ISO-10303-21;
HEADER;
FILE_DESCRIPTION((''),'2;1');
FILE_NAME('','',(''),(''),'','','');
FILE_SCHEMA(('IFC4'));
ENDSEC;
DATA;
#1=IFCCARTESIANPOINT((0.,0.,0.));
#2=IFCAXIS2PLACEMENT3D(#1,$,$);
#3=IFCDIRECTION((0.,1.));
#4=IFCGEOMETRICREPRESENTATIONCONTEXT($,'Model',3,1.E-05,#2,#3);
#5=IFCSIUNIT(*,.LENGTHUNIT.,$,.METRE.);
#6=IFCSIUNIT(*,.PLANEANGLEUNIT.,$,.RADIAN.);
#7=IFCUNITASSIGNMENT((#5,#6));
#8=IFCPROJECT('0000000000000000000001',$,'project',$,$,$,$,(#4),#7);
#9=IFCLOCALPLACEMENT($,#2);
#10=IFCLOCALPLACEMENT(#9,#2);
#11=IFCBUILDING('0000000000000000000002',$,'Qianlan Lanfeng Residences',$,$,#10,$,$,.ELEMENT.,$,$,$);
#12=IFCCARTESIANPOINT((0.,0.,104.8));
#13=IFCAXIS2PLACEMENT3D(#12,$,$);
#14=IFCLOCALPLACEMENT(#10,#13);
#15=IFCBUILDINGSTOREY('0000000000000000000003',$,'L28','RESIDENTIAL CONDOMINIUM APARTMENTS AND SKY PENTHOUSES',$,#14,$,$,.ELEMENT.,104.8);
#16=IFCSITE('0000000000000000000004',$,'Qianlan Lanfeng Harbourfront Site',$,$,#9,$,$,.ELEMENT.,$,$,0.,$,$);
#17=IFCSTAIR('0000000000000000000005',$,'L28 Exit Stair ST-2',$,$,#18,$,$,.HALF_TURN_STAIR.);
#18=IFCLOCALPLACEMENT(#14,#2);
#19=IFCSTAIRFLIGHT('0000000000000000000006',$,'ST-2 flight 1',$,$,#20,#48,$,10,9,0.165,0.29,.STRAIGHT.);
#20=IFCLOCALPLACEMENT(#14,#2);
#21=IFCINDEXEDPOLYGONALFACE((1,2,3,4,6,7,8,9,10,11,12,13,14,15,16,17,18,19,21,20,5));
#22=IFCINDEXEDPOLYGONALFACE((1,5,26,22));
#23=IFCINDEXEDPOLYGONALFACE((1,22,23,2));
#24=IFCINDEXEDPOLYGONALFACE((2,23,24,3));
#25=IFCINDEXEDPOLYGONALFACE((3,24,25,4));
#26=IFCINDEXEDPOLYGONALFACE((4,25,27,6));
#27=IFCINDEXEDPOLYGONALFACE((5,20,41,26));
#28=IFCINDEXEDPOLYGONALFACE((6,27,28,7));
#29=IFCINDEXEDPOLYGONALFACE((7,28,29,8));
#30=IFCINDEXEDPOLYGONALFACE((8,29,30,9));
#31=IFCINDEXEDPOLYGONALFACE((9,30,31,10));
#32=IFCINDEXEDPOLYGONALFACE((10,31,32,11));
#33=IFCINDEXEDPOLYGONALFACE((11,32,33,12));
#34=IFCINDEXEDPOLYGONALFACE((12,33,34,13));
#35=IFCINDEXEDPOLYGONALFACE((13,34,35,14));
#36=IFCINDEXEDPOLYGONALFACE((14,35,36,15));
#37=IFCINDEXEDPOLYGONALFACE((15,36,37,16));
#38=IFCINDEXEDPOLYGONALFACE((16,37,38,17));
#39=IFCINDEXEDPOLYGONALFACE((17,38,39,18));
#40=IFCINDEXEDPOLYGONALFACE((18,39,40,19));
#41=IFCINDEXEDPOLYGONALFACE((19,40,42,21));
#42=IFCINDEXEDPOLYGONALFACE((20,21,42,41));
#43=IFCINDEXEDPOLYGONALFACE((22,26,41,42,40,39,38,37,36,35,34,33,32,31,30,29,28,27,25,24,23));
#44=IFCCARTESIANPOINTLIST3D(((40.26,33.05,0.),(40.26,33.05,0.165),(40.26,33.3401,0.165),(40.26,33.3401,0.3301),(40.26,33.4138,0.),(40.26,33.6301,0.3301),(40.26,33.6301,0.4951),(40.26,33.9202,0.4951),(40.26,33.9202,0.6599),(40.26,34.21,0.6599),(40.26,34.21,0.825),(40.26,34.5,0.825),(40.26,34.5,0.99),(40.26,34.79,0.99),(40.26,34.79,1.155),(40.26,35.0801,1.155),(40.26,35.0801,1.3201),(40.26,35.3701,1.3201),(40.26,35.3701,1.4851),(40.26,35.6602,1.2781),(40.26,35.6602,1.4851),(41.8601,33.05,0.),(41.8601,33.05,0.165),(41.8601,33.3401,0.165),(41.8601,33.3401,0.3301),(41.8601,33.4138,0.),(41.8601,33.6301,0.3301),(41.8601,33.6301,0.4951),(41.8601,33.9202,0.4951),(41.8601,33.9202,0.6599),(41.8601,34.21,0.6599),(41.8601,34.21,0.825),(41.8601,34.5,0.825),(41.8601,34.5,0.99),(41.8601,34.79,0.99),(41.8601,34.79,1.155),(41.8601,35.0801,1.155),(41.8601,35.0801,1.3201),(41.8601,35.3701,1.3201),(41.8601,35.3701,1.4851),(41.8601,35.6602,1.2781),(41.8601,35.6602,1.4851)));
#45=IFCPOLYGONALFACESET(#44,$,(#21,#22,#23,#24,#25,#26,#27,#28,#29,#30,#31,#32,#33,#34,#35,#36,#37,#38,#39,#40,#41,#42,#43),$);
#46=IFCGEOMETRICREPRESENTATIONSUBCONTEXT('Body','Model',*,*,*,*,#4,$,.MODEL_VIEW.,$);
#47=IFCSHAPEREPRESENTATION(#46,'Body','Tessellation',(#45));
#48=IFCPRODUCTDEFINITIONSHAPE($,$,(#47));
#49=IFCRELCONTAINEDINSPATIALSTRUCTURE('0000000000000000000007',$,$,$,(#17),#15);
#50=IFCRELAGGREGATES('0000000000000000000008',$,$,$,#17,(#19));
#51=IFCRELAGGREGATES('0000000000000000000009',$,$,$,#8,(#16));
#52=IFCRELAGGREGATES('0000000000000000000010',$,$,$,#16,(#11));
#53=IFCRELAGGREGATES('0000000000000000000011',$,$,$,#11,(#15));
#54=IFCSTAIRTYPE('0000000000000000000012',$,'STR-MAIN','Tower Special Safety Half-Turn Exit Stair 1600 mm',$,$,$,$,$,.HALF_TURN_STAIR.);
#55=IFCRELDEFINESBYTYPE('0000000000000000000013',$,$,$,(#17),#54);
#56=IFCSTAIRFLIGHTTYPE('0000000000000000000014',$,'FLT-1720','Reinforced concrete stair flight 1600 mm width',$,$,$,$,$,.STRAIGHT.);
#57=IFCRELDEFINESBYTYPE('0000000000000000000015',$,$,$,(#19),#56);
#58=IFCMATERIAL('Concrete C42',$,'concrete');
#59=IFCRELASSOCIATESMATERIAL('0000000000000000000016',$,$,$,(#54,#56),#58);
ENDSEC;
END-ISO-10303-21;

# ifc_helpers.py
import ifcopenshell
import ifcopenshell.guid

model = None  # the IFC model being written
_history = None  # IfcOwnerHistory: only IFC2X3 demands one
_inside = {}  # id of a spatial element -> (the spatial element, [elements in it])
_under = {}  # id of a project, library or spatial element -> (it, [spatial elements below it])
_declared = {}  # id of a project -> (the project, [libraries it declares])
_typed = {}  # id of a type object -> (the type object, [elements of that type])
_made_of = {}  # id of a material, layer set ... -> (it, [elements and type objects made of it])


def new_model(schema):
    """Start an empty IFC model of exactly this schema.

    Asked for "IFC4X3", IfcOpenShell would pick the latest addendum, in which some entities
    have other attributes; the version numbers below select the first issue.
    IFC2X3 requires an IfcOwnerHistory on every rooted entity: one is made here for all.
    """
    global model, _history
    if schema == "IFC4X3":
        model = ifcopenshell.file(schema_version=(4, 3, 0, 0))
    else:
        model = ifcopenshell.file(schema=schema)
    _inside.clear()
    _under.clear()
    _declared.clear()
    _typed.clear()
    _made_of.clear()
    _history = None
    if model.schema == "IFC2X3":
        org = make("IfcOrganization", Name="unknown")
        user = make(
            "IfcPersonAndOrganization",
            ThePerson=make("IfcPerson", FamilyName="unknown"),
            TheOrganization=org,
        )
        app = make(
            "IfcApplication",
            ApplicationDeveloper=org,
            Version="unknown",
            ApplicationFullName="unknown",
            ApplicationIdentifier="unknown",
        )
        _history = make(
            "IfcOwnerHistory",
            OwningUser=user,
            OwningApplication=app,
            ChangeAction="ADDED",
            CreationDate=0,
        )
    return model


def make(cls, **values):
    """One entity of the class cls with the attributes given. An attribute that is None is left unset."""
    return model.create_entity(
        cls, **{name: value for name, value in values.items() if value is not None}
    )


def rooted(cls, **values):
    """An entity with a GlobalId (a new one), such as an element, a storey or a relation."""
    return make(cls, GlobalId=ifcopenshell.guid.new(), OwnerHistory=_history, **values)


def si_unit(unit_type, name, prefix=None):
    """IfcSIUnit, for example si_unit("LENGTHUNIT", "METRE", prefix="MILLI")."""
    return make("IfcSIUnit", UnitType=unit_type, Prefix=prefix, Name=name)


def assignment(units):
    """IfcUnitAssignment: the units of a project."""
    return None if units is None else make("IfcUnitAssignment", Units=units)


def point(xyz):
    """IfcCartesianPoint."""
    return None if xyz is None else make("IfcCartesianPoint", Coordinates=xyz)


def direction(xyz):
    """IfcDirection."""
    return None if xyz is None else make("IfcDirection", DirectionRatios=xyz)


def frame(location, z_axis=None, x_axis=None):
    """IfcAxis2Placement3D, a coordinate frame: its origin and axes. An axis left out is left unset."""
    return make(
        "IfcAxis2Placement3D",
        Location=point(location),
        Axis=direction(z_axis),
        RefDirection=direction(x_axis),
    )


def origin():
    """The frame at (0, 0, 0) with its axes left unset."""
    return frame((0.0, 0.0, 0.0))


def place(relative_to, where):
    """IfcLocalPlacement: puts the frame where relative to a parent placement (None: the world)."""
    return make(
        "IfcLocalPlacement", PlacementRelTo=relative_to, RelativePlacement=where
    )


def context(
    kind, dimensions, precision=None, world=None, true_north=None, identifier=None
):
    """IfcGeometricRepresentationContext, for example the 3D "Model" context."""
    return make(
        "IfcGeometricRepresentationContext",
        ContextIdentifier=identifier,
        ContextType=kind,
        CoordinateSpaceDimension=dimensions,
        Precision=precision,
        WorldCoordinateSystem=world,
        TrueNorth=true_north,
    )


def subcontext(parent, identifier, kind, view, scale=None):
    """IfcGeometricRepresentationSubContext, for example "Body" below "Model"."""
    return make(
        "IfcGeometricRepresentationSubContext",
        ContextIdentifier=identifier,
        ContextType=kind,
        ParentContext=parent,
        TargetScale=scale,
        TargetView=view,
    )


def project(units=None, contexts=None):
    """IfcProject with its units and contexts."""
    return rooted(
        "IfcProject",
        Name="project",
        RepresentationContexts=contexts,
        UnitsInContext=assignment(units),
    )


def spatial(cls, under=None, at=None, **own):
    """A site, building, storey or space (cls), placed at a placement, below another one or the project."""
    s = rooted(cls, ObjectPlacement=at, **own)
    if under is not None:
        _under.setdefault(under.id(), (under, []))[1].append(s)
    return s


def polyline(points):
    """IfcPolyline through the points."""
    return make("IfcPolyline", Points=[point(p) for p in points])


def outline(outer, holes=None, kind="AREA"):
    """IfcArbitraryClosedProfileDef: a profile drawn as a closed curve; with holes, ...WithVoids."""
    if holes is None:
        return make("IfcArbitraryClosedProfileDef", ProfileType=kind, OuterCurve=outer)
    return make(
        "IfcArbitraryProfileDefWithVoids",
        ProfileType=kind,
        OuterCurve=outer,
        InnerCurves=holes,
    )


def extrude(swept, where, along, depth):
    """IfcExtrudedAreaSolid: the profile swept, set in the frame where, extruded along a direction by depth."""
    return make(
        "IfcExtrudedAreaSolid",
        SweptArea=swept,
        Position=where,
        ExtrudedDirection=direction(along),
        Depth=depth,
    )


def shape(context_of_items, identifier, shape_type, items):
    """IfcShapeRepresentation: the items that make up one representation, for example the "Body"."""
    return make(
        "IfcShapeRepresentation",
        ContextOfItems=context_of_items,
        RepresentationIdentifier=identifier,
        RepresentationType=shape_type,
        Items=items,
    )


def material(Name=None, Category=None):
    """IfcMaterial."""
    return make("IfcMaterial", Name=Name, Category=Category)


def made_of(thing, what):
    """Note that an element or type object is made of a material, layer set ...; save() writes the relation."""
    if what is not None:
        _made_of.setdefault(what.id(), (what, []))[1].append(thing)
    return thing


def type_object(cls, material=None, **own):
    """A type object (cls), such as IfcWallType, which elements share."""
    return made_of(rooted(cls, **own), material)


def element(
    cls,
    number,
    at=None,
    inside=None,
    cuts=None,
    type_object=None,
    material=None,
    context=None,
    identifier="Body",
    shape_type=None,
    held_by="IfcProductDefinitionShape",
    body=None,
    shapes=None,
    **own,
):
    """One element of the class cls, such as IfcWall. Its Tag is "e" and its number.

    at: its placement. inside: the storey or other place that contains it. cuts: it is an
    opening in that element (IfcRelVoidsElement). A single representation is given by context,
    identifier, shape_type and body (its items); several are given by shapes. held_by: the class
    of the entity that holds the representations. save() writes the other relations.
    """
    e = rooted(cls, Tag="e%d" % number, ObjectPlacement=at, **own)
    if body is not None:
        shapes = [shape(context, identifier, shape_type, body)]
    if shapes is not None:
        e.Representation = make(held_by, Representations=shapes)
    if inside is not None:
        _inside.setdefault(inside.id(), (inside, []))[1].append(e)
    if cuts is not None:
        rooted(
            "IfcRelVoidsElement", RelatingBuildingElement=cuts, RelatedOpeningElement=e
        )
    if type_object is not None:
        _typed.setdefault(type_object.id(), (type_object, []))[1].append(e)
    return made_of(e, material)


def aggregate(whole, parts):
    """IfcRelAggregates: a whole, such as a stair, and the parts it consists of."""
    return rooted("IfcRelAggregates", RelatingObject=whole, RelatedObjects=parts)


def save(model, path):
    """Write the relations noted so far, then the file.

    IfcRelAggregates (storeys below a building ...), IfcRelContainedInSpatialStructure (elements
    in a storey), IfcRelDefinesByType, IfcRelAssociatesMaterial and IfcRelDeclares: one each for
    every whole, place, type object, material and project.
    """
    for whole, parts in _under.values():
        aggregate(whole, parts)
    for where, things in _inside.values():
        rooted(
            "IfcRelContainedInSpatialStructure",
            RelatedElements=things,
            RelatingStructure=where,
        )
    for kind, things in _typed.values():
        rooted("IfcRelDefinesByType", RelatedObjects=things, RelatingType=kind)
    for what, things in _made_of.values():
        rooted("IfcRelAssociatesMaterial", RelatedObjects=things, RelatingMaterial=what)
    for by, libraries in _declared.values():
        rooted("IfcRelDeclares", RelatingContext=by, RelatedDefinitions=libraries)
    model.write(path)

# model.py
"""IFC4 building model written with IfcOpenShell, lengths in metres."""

from ifc_helpers import new_model, si_unit, direction, frame, origin, place, context, subcontext, project, spatial, polyline, outline, extrude, material, type_object, element, aggregate, save


model = new_model("IFC4")

# Units and contexts
model_context = context("Model", 3, precision=1e-05, world=origin(), true_north=direction((0.0, 1.0)))
body_context = subcontext(model_context, "Body", "Model", "MODEL_VIEW")
ifc_project = project(units=[si_unit("LENGTHUNIT", "METRE"), si_unit("PLANEANGLEUNIT", "RADIAN")], contexts=[model_context])

# Site, building, storey
site_placement = place(None, origin())
site = spatial("IfcSite", under=ifc_project, at=site_placement, Name="Qianlan Lanfeng Harbourfront Site", CompositionType="ELEMENT", RefElevation=0.0)
building_placement = place(site_placement, origin())
building = spatial("IfcBuilding", under=site, at=building_placement, Name="Qianlan Lanfeng Residences", CompositionType="ELEMENT")
storey_placement = place(building_placement, frame((0.0, 0.0, 104.8)))
storey = spatial("IfcBuildingStorey", under=building, at=storey_placement, Name="L28", Description="RESIDENTIAL CONDOMINIUM APARTMENTS AND SKY PENTHOUSES", CompositionType="ELEMENT", Elevation=104.8)

# Shared definitions
ifc_material_1 = material(Name="Concrete C42", Category="concrete")

# Stair, stair flight
stair_type = type_object("IfcStairType", Name="STR-MAIN", Description="Tower Special Safety Half-Turn Exit Stair 1600 mm", PredefinedType="HALF_TURN_STAIR", material=ifc_material_1)
stair_placement = place(storey_placement, origin())
stair = element("IfcStair", 1, at=stair_placement, inside=storey, type_object=stair_type, Name="L28 Exit Stair ST-2", PredefinedType="HALF_TURN_STAIR")
stair_flight_type = type_object("IfcStairFlightType", Name="FLT-1720", Description="Reinforced concrete stair flight 1600 mm width", PredefinedType="STRAIGHT", material=ifc_material_1)
stair_flight_placement = place(storey_placement, frame((41.0601, 33.05, 0.0), z_axis=(0.0, 0.0, 1.0), x_axis=(0.0, 1.0, 0.0)))
stair_flight = element("IfcStairFlight", 2, at=stair_flight_placement, type_object=stair_flight_type, Name="ST-2 flight 1", NumberOfRisers=10, NumberOfTreads=9, PredefinedType="STRAIGHT", RiserHeight=0.165, TreadLength=0.29, context=body_context, shape_type="SweptSolid", body=[
    extrude(outline(polyline([(0.0, 0.0), (0.0, 0.165), (0.29, 0.165), (0.29, 0.3301), (0.5801, 0.3301), (0.5801, 0.4951), (0.8701, 0.4951), (0.8701, 0.6599), (1.1599, 0.6599), (1.1599, 0.825), (1.45, 0.825), (1.45, 0.99), (1.74, 0.99), (1.74, 1.155), (2.03, 1.155), (2.03, 1.3201), (2.3201, 1.3201), (2.3201, 1.4851), (2.6101, 1.4851), (2.6101, 1.6499), (2.6101, 1.2781), (0.3638, 0.0), (0.0, 0.0)])), frame((0.0, 0.8, 0.0), z_axis=(0.0, -1.0, 0.0), x_axis=(1.0, 0.0, 0.0)), (0.0, 0.0, 1.0), 1.6001),
])
aggregate(stair, [stair_flight])

save(model, "model.ifc")
